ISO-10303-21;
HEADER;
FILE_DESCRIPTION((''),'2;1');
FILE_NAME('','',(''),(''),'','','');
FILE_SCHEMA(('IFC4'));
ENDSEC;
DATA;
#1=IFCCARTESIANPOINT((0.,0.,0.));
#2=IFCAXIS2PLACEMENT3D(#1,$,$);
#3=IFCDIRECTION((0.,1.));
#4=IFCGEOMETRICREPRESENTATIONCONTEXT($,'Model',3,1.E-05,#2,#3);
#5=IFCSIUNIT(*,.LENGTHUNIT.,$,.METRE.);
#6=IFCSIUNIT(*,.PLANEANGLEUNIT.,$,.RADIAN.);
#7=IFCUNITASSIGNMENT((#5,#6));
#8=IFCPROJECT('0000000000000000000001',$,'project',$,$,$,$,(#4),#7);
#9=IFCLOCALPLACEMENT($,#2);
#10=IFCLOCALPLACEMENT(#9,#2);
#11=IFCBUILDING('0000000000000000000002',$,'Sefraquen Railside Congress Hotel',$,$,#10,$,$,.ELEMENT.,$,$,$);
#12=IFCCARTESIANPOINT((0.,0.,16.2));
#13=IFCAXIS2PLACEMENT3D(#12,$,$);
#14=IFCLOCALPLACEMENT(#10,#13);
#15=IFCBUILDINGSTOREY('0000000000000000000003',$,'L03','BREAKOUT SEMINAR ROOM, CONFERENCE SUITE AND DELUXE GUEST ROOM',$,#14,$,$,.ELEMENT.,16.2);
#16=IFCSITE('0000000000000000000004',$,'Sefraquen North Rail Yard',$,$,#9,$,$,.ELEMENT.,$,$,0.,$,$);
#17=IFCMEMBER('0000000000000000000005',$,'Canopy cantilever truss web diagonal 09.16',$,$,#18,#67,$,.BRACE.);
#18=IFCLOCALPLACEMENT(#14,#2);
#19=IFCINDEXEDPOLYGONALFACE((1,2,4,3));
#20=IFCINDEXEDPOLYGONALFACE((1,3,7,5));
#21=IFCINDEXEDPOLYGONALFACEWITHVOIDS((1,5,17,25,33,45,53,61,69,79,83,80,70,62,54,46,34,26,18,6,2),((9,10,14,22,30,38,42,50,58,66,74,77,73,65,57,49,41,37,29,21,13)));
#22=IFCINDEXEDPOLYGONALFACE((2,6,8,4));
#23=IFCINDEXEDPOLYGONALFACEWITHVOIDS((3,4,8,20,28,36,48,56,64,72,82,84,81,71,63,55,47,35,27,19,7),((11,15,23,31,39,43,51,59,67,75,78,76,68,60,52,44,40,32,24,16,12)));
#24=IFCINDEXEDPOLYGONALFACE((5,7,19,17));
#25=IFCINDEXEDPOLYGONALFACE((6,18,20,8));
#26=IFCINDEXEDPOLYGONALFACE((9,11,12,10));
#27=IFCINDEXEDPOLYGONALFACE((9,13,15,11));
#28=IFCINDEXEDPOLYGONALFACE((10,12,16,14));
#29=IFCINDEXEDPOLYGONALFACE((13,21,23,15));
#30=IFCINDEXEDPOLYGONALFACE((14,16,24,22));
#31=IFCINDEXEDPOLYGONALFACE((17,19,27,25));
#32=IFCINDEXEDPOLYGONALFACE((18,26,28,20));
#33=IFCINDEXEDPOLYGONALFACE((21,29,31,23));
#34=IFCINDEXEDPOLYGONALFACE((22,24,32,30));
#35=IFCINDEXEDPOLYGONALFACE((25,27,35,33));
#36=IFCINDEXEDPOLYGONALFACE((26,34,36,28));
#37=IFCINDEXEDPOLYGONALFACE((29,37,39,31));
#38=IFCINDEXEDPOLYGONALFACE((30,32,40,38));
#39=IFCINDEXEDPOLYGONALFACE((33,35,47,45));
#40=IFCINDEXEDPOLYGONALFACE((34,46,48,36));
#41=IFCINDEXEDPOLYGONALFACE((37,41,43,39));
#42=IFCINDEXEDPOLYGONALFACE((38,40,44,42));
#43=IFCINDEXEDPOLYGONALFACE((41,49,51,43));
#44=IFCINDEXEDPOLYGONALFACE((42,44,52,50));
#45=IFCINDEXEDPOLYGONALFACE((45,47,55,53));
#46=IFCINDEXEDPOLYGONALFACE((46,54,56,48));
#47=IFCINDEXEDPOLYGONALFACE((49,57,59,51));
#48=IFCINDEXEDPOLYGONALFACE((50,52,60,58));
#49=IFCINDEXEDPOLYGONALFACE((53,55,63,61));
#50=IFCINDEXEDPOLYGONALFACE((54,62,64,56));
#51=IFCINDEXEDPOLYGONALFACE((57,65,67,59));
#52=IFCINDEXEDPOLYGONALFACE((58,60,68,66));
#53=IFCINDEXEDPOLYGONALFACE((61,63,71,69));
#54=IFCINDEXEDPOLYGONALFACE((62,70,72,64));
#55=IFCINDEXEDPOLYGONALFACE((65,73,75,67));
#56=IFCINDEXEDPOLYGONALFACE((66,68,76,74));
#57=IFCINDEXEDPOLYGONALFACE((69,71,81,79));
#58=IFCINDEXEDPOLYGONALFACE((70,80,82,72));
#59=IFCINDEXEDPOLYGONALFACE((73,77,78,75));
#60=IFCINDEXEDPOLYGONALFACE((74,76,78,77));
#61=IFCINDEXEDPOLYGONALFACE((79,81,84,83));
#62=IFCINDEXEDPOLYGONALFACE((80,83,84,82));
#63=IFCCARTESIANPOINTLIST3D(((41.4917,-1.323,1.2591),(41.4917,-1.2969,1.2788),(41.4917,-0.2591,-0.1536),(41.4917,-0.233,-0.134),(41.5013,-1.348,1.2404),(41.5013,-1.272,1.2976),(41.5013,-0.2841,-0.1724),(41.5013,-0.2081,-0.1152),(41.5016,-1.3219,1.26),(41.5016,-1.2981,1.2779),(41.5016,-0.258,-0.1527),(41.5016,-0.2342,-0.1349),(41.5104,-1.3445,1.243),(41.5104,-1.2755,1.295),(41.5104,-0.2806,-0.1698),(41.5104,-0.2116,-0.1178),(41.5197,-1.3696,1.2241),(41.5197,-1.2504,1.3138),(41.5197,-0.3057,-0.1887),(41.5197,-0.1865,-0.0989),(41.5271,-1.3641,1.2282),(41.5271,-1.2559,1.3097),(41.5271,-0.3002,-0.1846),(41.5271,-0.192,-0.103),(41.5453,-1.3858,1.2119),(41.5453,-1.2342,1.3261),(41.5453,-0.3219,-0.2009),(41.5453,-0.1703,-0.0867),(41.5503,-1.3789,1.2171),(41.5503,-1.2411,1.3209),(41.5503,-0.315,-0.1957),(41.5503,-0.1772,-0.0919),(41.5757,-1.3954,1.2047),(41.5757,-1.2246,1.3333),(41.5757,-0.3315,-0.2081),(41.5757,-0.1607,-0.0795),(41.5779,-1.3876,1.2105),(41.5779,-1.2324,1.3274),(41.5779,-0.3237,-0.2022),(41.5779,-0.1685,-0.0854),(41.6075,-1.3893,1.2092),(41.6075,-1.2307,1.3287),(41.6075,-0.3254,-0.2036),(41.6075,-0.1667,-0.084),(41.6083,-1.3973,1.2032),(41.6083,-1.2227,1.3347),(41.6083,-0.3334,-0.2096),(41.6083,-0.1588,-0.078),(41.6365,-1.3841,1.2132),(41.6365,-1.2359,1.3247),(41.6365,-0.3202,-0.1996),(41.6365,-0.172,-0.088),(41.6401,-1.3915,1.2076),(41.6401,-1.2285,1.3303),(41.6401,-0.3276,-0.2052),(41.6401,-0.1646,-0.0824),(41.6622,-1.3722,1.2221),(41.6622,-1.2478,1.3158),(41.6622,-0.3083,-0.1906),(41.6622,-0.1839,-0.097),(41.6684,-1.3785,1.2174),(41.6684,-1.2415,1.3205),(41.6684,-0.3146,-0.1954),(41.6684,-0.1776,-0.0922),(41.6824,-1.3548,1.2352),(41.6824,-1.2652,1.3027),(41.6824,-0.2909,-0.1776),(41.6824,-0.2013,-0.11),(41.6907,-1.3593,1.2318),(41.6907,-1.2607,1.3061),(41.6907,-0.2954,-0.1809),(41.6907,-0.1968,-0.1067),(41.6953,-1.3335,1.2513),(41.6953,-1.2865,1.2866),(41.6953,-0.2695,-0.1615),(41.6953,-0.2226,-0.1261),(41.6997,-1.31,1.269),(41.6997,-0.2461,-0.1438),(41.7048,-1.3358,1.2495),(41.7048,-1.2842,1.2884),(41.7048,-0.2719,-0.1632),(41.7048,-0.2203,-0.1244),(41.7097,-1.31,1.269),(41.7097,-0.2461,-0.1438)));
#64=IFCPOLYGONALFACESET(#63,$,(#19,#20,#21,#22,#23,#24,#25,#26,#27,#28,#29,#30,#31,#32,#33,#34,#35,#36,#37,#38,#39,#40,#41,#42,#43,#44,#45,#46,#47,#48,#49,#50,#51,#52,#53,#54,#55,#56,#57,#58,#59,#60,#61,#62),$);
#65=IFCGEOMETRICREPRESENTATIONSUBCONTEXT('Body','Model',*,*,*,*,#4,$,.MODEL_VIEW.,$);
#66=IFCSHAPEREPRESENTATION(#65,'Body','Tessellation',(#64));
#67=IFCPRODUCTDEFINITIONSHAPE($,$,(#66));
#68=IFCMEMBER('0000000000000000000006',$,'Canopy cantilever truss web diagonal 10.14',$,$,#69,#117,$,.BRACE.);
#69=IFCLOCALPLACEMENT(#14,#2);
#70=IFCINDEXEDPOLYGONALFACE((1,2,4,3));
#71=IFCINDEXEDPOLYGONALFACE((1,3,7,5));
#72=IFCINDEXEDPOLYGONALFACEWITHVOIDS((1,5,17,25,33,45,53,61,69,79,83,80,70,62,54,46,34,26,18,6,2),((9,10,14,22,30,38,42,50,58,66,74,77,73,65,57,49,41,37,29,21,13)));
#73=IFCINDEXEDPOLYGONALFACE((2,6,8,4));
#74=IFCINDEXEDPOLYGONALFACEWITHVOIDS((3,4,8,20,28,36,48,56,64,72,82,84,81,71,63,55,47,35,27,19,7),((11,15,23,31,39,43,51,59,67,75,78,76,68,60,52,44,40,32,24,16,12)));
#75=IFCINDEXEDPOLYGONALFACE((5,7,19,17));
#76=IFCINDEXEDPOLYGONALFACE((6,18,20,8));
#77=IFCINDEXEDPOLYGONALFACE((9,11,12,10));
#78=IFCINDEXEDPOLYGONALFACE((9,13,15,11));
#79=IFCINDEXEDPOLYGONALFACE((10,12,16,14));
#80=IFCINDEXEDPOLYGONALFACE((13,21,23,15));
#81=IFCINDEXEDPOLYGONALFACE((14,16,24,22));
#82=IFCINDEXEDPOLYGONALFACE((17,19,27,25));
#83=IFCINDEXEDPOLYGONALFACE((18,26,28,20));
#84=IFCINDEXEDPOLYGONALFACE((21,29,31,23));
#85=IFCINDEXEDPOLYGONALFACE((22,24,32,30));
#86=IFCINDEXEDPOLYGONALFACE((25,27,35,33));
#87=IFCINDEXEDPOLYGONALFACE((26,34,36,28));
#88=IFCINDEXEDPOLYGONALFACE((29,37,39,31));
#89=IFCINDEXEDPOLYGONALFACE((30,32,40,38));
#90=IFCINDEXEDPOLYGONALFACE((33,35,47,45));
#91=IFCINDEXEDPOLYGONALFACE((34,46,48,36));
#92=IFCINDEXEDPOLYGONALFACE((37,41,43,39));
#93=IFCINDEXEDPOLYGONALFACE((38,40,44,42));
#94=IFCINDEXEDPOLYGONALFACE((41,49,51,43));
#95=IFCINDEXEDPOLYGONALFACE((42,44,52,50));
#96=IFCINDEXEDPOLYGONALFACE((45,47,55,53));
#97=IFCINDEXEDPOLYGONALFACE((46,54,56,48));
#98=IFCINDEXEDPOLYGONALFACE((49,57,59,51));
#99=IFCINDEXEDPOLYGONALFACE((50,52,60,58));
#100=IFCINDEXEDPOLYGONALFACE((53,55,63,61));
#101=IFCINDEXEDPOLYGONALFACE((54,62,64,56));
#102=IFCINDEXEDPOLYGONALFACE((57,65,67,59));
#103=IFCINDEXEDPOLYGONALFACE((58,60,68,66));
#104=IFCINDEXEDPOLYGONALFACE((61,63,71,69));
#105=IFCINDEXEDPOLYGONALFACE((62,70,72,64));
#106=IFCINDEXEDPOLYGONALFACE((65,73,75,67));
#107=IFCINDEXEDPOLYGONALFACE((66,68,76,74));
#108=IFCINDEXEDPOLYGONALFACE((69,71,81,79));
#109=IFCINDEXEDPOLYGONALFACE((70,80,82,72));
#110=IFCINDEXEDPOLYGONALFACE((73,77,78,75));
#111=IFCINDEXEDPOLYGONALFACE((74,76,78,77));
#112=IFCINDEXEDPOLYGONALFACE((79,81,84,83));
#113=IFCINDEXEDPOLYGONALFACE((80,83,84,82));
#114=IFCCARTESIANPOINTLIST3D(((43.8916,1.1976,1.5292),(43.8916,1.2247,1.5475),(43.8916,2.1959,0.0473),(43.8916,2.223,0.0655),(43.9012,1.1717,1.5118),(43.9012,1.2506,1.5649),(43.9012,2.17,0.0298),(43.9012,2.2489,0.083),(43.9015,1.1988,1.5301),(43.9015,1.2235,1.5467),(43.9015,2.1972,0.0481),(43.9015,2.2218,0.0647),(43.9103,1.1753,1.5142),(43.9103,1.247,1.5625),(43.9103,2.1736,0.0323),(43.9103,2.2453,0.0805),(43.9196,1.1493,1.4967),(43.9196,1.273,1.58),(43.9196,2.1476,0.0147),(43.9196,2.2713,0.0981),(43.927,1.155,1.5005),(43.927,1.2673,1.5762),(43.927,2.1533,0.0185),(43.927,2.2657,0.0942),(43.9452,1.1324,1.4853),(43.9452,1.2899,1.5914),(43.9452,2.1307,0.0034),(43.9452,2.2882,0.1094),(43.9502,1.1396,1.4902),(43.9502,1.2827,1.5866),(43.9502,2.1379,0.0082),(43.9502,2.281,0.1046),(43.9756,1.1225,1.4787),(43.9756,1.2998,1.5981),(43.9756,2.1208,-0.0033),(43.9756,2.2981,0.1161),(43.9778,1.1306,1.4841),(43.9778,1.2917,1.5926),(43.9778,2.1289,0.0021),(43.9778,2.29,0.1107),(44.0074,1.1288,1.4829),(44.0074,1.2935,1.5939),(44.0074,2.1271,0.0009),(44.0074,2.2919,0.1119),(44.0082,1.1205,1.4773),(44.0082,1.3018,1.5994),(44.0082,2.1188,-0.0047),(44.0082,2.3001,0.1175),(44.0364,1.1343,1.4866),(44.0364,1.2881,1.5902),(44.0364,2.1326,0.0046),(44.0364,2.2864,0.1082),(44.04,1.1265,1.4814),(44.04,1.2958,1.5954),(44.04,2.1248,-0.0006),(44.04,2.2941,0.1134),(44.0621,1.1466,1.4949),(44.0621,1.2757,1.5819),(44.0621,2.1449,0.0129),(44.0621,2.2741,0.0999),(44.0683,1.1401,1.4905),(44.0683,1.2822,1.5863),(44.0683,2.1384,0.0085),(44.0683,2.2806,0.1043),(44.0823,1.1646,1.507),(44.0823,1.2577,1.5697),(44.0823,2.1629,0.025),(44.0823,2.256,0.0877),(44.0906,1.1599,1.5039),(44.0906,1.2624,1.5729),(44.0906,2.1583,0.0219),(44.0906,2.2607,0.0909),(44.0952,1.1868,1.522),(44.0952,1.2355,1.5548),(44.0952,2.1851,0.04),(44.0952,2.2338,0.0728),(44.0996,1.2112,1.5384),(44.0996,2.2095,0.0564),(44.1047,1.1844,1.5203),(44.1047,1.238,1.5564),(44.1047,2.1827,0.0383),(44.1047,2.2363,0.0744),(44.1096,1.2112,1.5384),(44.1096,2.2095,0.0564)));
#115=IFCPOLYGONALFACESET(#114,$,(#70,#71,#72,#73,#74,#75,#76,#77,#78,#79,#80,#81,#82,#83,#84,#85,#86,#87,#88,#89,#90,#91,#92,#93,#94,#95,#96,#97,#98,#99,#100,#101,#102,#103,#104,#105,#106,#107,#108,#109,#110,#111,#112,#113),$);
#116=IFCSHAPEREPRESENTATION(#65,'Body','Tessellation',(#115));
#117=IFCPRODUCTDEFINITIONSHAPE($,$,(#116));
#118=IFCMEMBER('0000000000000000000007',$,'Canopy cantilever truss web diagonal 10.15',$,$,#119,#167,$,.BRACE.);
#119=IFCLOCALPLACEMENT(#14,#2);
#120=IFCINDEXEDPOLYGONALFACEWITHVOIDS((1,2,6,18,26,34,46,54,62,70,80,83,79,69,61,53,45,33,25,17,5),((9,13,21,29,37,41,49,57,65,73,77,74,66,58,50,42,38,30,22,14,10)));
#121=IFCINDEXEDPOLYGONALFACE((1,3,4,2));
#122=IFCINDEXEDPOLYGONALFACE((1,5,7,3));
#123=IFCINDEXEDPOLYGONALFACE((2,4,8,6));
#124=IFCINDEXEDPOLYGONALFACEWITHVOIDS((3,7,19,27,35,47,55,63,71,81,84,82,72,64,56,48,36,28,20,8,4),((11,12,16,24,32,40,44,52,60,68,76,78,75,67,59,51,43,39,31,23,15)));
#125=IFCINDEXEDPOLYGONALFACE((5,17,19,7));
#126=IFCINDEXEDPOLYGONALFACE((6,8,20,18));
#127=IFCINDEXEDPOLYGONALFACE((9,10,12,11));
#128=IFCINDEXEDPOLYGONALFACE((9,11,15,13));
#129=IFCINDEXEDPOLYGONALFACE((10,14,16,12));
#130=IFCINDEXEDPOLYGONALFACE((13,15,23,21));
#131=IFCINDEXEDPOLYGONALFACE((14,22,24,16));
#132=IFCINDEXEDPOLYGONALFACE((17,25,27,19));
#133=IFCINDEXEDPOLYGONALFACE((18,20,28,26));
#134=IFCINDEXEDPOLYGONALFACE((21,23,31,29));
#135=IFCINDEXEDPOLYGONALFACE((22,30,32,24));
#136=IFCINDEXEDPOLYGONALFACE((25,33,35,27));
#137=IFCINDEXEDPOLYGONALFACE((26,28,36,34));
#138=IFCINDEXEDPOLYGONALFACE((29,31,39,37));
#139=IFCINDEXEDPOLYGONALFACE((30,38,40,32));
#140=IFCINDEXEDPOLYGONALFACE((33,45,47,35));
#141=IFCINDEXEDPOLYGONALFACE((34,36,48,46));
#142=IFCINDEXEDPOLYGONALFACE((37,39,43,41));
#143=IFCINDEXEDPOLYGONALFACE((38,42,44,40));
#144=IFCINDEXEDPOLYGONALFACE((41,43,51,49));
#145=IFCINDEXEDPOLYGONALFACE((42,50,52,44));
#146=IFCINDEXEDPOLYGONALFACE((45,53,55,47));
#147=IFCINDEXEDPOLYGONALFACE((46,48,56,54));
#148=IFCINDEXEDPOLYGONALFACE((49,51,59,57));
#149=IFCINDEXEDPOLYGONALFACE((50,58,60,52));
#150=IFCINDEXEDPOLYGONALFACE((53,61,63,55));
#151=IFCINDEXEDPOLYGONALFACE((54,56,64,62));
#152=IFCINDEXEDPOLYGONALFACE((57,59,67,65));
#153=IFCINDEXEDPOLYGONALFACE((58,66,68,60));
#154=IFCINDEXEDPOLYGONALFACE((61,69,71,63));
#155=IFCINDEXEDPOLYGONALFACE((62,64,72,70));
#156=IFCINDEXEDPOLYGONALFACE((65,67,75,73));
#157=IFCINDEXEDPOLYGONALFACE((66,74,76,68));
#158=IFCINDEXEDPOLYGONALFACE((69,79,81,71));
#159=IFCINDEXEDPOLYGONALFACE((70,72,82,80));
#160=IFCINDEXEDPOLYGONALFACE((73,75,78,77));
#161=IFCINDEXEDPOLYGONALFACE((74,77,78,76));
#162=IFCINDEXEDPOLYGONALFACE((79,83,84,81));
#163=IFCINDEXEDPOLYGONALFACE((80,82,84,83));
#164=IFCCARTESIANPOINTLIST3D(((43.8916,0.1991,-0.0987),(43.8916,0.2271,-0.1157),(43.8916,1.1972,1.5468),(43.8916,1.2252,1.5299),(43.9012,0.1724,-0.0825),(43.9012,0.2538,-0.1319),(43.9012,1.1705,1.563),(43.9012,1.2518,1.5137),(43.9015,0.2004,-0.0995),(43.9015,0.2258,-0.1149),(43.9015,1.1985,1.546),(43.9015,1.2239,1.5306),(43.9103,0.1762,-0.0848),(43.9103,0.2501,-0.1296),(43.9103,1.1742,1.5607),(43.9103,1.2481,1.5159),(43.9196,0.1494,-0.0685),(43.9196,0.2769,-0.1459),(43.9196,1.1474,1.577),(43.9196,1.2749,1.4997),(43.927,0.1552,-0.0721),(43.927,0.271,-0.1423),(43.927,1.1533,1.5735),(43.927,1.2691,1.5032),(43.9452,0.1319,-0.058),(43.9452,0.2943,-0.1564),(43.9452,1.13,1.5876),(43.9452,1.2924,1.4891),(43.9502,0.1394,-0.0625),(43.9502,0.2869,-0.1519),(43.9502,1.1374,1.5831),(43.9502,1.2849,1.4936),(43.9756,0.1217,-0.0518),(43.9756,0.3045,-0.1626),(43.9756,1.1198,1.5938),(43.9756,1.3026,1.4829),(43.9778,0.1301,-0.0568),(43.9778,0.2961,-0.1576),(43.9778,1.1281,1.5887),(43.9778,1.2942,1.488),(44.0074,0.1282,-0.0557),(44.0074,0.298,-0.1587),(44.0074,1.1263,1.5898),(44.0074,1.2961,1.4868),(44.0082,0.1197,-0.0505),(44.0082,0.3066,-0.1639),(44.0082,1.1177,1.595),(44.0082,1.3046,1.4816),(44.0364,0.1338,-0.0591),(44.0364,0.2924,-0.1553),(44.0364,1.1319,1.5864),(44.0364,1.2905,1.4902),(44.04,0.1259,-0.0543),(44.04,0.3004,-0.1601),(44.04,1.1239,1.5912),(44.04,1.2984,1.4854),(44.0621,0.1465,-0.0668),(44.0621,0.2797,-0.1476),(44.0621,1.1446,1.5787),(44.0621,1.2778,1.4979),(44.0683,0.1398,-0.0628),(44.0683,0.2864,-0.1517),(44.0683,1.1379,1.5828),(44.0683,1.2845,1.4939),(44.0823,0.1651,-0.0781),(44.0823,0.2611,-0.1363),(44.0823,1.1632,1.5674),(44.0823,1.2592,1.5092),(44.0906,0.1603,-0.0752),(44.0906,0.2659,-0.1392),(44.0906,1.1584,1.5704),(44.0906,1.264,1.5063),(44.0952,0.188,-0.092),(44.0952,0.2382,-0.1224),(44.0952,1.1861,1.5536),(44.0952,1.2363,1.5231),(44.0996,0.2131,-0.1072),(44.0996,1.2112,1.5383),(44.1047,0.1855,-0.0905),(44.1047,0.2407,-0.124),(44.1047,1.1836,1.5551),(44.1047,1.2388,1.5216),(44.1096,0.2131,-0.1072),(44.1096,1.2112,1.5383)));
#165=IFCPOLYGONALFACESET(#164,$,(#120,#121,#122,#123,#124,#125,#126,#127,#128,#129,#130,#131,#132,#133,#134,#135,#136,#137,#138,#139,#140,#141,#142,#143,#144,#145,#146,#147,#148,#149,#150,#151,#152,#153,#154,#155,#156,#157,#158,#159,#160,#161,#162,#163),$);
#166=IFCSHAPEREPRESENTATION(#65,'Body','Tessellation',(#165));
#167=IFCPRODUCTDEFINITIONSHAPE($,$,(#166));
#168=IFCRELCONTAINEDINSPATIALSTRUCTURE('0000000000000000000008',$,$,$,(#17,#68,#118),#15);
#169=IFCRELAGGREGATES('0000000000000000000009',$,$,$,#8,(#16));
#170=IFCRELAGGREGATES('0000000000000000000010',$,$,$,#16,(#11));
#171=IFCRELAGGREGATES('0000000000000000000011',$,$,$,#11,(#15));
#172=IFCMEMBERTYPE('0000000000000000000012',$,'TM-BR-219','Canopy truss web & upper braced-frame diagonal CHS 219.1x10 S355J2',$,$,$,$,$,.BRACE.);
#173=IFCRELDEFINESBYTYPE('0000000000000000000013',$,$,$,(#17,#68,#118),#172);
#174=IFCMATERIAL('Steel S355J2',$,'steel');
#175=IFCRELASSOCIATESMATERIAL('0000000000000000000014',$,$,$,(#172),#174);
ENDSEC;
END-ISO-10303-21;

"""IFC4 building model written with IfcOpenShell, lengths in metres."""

from ifc_helpers import new_model, si_unit, direction, frame, origin, origin_2d, place, context, subcontext, project, spatial, hollow_circle, extrude, material, material_profile, profile_set, type_object, element, save


model = new_model("IFC4")

# Units and contexts
model_context = context("Model", 3, precision=1e-05, world=origin(), true_north=direction((0.0, 1.0)))
body_context = subcontext(model_context, "Body", "Model", "MODEL_VIEW")
ifc_project = project(units=[si_unit("LENGTHUNIT", "METRE"), si_unit("PLANEANGLEUNIT", "RADIAN")], contexts=[model_context])

# Site, building, storey
site_placement = place(None, origin())
site = spatial("IfcSite", under=ifc_project, at=site_placement, Name="Sefraquen North Rail Yard", CompositionType="ELEMENT", RefElevation=0.0)
building_placement = place(site_placement, origin())
building = spatial("IfcBuilding", under=site, at=building_placement, Name="Sefraquen Railside Congress Hotel", CompositionType="ELEMENT")
storey_placement = place(building_placement, frame((0.0, 0.0, 16.2)))
storey = spatial("IfcBuildingStorey", under=building, at=storey_placement, Name="L03", Description="BREAKOUT SEMINAR ROOM, CONFERENCE SUITE AND DELUXE GUEST ROOM", CompositionType="ELEMENT", Elevation=16.2)

# Members
ifc_material_1 = material(Name="Steel S355J2", Category="steel")
ifc_material_profile_1 = material_profile(ifc_material_1, hollow_circle(Radius=0.1096, WallThickness=0.01, at=origin_2d()), Name="CHS 219.1x10")
ifc_profile_set_1 = profile_set([ifc_material_profile_1], Name="Steel S355J2")
member_type_1 = type_object("IfcMemberType", Name="TM-BR-219", Description="Canopy truss web & upper braced-frame diagonal CHS 219.1x10 S355J2", PredefinedType="BRACE", material=ifc_profile_set_1)
member_1_placement = place(storey_placement, frame((41.6001, -0.2461, -0.1438), z_axis=(0.0, -0.601567, 0.798822), x_axis=(1.0, 0.0, 0.0)))
element("IfcMember", 1, at=member_1_placement, inside=storey, type_object=member_type_1, Name="Canopy cantilever truss web diagonal 09.16", PredefinedType="BRACE", context=body_context, shape_type="SweptSolid", body=[
    extrude(hollow_circle(Radius=0.1096, WallThickness=0.01, at=origin_2d()), origin(), (0.0, 0.0, 1.0), 1.7686),
])
member_2_placement = place(storey_placement, frame((44.0, 2.2095, 0.0564), z_axis=(0.0, -0.558698, 0.829371), x_axis=(1.0, 0.0, 0.0)))
element("IfcMember", 2, at=member_2_placement, inside=storey, type_object=member_type_1, Name="Canopy cantilever truss web diagonal 10.14", PredefinedType="BRACE", context=body_context, shape_type="SweptSolid", body=[
    extrude(hollow_circle(Radius=0.1096, WallThickness=0.01, at=origin_2d()), origin(), (0.0, 0.0, 1.0), 1.7869),
])
member_3_placement = place(storey_placement, frame((44.0, 1.2112, 1.5383), z_axis=(0.0, -0.518594, -0.855021), x_axis=(1.0, 0.0, 0.0)))
element("IfcMember", 3, at=member_3_placement, inside=storey, type_object=member_type_1, Name="Canopy cantilever truss web diagonal 10.15", PredefinedType="BRACE", context=body_context, shape_type="SweptSolid", body=[
    extrude(hollow_circle(Radius=0.1096, WallThickness=0.01, at=origin_2d()), origin(), (0.0, 0.0, 1.0), 1.9246),
])

save(model, "model.ifc")
